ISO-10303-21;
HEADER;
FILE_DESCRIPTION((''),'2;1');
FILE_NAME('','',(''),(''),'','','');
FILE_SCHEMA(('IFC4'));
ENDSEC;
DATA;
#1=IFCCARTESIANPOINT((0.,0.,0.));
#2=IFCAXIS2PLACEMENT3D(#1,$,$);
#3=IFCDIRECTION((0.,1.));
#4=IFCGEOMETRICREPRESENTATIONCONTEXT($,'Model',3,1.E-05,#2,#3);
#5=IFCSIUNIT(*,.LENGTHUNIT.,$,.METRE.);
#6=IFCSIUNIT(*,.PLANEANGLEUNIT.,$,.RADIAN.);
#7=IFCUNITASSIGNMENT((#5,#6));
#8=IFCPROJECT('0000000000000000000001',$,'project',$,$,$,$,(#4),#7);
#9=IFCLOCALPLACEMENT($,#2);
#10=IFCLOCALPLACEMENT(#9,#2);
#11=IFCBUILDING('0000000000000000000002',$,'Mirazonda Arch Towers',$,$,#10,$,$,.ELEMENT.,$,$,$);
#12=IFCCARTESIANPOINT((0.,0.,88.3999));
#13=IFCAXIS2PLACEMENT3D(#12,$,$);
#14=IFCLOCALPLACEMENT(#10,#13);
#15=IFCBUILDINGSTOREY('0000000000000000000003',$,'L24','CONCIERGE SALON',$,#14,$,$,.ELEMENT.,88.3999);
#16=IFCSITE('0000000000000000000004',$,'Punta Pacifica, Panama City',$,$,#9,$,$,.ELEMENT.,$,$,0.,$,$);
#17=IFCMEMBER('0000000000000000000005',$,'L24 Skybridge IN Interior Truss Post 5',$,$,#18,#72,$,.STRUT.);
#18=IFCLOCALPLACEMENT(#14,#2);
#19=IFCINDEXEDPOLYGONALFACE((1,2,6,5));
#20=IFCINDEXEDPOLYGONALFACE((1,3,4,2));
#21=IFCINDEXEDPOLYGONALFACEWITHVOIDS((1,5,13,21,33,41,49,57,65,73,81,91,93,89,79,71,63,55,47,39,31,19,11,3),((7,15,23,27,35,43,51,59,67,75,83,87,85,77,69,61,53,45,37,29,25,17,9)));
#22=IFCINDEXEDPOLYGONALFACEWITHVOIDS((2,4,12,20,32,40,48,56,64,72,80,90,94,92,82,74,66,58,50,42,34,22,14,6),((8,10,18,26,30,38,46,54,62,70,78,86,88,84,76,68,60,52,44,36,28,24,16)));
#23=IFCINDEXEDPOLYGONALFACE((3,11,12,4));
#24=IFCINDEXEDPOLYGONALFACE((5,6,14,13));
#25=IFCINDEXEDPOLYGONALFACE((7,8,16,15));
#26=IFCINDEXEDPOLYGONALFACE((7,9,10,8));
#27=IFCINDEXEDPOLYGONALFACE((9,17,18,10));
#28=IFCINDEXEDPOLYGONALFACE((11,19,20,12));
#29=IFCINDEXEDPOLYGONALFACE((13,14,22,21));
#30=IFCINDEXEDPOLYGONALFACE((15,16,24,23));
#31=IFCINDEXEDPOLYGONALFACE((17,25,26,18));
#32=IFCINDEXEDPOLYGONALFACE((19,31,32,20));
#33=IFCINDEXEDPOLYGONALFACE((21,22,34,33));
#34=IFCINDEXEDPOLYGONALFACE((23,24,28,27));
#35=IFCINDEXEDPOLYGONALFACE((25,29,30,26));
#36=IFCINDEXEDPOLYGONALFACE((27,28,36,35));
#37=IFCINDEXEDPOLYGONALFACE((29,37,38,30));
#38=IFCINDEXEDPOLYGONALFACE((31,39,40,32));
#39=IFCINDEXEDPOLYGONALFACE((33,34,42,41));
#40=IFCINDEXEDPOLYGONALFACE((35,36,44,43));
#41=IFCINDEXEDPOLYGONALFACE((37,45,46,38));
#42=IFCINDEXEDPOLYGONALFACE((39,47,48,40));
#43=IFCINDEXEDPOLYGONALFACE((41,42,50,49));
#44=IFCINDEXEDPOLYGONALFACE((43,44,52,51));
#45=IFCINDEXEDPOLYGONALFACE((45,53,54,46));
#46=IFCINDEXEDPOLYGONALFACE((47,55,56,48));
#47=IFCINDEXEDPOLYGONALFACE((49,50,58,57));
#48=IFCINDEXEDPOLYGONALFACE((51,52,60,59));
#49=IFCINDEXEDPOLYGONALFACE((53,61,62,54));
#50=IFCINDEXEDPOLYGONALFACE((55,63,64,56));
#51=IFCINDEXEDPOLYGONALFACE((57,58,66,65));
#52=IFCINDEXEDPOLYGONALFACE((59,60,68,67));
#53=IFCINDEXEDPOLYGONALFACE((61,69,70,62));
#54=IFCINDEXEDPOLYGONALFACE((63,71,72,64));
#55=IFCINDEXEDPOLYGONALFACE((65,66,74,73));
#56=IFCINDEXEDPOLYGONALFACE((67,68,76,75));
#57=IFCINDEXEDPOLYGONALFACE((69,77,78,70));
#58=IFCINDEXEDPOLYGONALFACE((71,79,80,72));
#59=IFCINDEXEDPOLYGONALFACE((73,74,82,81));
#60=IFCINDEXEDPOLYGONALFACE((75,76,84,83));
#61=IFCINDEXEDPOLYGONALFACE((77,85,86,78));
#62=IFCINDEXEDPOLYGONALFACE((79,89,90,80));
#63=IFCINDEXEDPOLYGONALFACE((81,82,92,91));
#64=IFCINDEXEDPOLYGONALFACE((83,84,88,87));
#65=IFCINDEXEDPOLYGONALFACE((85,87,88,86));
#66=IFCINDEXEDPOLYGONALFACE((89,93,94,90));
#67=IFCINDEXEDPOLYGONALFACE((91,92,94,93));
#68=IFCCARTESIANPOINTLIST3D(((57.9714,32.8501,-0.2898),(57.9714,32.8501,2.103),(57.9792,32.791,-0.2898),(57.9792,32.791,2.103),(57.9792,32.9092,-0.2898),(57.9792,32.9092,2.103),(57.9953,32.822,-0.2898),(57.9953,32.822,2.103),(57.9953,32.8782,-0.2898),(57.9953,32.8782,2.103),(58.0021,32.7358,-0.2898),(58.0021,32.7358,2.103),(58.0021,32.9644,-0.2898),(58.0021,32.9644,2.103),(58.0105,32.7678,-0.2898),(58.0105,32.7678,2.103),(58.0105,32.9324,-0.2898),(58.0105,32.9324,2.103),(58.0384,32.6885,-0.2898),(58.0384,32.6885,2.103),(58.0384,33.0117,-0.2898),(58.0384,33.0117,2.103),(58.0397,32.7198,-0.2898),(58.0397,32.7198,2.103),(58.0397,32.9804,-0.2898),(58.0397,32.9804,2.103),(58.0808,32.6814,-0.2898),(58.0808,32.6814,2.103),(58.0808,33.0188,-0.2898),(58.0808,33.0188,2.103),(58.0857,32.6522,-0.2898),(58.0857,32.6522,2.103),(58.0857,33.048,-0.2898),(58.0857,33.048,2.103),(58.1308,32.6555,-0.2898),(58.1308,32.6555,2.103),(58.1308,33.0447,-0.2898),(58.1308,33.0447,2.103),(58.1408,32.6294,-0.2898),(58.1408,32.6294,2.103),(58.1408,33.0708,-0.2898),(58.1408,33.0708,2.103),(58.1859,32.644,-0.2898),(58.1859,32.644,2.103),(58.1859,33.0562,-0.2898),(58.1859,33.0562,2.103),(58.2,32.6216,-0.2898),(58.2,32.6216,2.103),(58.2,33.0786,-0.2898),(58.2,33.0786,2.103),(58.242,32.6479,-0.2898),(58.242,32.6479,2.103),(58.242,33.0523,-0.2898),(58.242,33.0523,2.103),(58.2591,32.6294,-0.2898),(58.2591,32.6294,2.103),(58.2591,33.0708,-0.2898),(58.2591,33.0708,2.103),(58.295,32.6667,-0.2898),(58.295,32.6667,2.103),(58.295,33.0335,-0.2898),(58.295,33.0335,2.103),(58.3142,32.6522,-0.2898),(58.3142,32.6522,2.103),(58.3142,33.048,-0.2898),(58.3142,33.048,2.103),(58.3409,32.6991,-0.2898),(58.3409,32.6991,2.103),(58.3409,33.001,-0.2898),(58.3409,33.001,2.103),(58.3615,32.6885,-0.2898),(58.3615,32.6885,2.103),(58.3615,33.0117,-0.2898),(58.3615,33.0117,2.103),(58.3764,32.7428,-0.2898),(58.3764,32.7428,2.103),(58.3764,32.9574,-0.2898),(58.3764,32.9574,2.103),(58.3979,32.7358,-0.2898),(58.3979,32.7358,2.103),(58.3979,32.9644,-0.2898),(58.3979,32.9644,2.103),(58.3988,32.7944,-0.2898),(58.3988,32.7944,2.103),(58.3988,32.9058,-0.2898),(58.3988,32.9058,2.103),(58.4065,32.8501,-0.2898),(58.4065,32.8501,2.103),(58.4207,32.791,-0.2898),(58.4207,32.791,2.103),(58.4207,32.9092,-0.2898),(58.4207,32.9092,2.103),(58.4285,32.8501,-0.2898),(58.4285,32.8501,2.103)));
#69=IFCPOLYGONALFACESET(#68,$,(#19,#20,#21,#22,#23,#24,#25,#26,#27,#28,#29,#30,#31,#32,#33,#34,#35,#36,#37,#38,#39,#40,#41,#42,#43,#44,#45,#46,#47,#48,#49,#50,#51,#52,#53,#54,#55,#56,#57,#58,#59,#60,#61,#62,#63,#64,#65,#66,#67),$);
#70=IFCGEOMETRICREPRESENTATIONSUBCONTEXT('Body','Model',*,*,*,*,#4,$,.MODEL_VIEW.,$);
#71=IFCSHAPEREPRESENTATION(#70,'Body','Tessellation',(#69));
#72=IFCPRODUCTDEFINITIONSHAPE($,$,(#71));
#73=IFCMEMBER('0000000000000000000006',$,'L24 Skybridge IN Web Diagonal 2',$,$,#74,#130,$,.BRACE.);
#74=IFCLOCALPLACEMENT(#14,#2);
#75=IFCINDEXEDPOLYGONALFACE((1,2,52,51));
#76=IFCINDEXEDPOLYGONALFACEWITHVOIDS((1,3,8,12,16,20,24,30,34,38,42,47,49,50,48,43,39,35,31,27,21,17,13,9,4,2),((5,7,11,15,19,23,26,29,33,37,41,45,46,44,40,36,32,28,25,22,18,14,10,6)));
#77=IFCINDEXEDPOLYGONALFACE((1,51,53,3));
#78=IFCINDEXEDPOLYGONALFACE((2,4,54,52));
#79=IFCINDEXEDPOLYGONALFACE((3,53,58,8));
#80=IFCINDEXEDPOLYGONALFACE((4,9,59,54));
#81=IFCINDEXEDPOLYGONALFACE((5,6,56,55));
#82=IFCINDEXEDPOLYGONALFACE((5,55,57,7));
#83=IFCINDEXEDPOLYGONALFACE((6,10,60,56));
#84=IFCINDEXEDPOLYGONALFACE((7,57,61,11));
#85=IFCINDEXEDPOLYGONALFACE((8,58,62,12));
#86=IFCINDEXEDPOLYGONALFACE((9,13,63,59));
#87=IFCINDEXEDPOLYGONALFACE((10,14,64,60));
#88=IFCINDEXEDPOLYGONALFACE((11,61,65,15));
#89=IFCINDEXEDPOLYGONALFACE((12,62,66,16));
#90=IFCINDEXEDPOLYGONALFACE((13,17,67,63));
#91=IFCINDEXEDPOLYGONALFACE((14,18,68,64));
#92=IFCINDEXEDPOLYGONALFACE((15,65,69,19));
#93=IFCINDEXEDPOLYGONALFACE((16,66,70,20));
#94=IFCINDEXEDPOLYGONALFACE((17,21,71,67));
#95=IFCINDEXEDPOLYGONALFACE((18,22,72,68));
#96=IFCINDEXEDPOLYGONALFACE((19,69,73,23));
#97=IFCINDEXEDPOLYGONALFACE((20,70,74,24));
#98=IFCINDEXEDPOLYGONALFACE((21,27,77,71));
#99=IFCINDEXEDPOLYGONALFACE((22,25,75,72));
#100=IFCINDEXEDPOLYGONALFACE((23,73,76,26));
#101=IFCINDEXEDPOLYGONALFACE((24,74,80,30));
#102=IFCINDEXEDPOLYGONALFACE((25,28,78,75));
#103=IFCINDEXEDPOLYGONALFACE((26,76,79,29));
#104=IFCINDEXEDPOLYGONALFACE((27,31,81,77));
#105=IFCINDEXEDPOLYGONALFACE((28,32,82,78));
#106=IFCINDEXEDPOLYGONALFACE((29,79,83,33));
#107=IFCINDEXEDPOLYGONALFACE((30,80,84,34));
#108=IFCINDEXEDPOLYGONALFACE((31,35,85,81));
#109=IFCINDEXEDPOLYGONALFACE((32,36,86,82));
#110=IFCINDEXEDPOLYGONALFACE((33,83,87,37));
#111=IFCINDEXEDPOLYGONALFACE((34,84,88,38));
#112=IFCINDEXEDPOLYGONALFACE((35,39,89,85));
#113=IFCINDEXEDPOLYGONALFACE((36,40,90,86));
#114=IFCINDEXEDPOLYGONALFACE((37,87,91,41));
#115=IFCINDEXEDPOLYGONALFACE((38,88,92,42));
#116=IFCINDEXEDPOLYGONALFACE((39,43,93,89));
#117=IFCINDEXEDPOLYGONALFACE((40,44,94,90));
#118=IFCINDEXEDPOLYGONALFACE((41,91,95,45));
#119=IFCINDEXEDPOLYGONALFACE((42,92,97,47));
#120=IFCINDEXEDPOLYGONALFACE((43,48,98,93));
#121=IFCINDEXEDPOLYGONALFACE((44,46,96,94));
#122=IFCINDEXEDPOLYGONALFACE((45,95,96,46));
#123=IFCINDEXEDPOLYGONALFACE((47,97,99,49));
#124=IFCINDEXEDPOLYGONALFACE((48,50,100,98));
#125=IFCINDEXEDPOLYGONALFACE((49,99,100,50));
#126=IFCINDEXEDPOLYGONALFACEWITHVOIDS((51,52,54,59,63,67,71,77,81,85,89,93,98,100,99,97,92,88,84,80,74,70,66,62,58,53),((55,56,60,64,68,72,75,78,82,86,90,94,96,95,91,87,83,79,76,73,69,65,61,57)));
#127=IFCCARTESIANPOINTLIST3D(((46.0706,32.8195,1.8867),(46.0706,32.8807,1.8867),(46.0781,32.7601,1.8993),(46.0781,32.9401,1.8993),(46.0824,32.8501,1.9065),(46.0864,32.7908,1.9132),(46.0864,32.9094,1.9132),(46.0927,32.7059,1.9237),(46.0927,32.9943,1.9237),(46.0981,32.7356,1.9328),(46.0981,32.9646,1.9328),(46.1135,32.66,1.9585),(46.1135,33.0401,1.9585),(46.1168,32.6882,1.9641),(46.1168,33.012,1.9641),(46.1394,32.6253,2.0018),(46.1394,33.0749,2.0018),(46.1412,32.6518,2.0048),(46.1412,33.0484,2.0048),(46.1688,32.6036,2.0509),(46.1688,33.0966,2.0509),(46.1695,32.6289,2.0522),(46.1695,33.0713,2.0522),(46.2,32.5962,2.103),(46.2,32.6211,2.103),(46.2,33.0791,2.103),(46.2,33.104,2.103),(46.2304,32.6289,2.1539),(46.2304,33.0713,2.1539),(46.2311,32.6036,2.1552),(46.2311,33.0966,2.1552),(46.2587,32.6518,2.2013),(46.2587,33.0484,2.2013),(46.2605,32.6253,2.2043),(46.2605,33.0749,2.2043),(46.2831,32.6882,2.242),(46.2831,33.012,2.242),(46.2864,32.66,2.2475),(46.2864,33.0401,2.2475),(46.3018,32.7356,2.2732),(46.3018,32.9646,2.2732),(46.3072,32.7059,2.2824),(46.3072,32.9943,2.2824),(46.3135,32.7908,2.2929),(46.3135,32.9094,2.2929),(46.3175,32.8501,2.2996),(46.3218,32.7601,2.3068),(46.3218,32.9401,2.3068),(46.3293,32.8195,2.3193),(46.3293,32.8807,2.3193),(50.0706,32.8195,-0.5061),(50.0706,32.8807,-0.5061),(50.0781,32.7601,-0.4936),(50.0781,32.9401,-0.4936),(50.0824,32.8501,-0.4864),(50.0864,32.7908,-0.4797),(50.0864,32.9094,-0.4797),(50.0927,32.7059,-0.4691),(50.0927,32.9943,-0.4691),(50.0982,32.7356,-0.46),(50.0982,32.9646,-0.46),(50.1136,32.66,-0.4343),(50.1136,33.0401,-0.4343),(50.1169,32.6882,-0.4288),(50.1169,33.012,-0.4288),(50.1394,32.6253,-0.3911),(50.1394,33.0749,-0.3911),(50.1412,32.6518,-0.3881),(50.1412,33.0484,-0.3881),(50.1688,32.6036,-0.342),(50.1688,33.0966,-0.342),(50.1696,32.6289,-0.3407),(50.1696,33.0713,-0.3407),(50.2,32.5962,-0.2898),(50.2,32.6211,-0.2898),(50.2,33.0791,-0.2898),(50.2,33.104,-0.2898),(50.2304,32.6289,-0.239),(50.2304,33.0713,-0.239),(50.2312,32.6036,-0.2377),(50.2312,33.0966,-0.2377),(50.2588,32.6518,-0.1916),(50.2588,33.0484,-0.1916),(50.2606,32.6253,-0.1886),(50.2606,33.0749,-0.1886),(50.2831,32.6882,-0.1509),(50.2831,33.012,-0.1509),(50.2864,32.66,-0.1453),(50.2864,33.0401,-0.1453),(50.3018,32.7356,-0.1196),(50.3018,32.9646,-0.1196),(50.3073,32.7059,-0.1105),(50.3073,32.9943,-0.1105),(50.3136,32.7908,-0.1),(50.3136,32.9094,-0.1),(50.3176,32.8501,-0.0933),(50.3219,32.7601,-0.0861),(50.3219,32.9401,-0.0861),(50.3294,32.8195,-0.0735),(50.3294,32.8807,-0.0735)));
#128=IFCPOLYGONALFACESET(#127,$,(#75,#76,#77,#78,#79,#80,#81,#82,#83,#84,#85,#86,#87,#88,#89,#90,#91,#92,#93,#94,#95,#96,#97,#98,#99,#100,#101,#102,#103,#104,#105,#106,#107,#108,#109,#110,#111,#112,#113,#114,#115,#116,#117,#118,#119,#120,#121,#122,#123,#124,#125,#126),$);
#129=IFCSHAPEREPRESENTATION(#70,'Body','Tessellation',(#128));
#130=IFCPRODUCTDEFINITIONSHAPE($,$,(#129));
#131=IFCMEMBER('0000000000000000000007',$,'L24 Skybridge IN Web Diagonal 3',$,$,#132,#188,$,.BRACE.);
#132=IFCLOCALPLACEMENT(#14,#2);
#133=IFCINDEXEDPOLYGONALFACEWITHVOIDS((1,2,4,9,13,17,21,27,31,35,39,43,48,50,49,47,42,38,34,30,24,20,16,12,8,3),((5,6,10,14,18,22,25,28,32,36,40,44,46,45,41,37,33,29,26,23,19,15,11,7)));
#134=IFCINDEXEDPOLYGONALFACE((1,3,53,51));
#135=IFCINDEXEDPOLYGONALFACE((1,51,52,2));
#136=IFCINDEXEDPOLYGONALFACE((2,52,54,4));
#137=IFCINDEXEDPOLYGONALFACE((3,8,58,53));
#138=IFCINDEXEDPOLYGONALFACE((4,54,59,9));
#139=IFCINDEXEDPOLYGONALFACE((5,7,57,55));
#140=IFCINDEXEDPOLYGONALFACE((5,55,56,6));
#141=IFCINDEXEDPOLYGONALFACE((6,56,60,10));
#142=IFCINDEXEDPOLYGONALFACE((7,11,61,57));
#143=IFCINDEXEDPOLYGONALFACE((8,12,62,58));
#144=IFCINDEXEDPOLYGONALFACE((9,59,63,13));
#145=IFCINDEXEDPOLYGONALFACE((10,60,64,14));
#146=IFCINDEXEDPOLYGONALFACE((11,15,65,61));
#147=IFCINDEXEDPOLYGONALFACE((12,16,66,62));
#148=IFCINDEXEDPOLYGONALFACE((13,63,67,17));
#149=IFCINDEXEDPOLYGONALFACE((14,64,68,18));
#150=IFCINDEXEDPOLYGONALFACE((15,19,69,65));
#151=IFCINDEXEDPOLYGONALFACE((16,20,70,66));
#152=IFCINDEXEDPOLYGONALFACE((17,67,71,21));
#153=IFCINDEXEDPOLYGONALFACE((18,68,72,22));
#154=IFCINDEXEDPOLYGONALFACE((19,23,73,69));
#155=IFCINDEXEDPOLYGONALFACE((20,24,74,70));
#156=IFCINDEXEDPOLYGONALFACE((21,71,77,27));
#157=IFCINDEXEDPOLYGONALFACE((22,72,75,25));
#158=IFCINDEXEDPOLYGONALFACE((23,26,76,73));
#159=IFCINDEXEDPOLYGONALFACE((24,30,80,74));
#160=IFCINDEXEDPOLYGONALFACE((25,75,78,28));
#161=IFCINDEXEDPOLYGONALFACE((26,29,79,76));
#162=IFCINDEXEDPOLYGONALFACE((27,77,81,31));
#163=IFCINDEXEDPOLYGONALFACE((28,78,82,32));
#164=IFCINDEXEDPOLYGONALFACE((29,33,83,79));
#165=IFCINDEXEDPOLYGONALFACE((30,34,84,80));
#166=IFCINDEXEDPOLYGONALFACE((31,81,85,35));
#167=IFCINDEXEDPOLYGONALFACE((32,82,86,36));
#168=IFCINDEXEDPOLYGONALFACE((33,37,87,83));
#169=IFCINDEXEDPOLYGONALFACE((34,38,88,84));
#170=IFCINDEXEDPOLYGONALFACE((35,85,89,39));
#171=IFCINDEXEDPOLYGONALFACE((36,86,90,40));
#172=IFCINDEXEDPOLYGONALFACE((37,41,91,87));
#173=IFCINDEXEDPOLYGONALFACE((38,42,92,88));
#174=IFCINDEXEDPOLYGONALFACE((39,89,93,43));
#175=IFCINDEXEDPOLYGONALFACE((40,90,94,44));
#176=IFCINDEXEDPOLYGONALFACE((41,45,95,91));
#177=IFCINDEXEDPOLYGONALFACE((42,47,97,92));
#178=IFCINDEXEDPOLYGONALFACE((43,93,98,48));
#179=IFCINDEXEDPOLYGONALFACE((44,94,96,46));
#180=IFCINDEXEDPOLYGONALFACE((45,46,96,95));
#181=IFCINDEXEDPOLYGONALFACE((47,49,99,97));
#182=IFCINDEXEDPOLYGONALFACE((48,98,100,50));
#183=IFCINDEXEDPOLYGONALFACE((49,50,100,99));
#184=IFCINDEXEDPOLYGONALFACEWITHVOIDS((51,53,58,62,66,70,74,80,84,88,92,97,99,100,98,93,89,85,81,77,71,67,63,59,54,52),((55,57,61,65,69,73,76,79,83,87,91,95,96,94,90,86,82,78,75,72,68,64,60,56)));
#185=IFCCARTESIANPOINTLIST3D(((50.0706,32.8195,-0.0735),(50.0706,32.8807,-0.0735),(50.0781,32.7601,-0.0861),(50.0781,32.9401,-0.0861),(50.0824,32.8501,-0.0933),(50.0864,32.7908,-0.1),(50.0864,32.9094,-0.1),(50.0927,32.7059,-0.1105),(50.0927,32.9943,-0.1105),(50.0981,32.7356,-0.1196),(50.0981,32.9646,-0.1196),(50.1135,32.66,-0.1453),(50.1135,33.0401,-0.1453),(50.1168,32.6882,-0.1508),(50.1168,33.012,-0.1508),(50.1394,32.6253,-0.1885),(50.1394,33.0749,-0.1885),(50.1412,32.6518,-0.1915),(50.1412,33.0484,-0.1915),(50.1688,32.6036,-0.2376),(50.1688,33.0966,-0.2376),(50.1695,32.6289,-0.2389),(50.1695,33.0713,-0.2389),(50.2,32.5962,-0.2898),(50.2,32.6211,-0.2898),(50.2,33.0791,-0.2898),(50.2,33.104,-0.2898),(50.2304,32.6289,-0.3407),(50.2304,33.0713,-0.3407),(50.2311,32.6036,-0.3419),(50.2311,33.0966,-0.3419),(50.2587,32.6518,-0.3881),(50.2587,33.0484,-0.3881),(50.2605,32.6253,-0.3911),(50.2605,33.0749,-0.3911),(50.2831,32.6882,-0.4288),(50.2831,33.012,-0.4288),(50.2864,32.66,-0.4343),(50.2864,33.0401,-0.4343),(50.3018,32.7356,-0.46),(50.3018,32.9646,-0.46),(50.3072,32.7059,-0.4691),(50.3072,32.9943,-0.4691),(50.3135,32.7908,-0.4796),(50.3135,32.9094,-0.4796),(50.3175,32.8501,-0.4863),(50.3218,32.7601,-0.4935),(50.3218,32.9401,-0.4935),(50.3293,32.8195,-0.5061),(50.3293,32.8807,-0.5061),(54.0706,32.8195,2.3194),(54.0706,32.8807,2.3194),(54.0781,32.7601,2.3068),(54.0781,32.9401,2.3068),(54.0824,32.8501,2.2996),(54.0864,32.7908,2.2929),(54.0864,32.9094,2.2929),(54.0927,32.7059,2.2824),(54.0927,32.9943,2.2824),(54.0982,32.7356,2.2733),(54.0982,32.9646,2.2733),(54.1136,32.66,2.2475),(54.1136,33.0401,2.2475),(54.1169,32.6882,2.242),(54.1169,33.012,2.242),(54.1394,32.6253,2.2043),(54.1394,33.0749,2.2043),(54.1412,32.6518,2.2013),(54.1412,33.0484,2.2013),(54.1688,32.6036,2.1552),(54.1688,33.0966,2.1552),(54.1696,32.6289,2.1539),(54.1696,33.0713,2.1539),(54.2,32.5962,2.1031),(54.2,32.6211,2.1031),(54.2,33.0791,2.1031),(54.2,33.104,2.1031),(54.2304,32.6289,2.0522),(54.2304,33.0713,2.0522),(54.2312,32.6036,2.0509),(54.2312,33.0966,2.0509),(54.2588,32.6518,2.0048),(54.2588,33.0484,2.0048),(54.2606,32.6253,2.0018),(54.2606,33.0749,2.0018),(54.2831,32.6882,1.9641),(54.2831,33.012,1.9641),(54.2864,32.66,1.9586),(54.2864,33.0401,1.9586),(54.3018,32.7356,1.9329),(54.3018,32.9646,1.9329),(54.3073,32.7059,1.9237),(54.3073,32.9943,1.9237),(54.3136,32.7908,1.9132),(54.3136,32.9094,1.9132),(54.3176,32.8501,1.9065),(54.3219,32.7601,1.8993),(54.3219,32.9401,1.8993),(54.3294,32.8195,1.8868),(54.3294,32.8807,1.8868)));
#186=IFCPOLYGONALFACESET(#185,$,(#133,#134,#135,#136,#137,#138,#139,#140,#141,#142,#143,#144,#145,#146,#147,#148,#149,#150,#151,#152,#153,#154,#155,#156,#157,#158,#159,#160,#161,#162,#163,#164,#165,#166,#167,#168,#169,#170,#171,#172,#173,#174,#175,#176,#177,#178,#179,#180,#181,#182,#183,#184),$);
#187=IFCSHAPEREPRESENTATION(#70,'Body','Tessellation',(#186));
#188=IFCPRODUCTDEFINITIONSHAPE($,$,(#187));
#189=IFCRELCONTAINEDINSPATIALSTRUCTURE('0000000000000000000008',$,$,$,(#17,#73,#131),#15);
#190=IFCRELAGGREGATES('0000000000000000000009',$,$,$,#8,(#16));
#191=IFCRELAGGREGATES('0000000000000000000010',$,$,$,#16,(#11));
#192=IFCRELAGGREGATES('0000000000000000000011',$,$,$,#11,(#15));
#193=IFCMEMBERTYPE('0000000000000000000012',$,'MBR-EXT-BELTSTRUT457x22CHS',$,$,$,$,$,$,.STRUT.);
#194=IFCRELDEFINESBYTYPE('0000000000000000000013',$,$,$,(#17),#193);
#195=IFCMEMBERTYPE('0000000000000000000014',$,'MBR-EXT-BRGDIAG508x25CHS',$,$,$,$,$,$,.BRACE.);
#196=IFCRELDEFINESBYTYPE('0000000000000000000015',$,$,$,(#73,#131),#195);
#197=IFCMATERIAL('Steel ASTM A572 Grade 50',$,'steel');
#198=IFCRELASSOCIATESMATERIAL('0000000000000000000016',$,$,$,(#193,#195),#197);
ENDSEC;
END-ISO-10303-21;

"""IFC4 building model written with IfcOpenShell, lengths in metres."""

from ifc_helpers import new_model, si_unit, direction, frame, origin, origin_2d, place, context, subcontext, project, spatial, hollow_circle, extrude, material, material_profile, profile_set, type_object, element, save


model = new_model("IFC4")

# Units and contexts
model_context = context("Model", 3, precision=1e-05, world=origin(), true_north=direction((0.0, 1.0)))
body_context = subcontext(model_context, "Body", "Model", "MODEL_VIEW")
ifc_project = project(units=[si_unit("LENGTHUNIT", "METRE"), si_unit("PLANEANGLEUNIT", "RADIAN")], contexts=[model_context])

# Site, building, storey
site_placement = place(None, origin())
site = spatial("IfcSite", under=ifc_project, at=site_placement, Name="Punta Pacifica, Panama City", CompositionType="ELEMENT", RefElevation=0.0)
building_placement = place(site_placement, origin())
building = spatial("IfcBuilding", under=site, at=building_placement, Name="Mirazonda Arch Towers", CompositionType="ELEMENT")
storey_placement = place(building_placement, frame((0.0, 0.0, 88.3999)))
storey = spatial("IfcBuildingStorey", under=building, at=storey_placement, Name="L24", Description="CONCIERGE SALON", CompositionType="ELEMENT", Elevation=88.3999)

# Members
ifc_material_1 = material(Name="Steel ASTM A572 Grade 50", Category="steel")
ifc_material_profile_1 = material_profile(ifc_material_1, hollow_circle(Radius=0.2285, WallThickness=0.022, at=origin_2d()), Name="BELTSTRUT457x22CHS")
ifc_profile_set_1 = profile_set([ifc_material_profile_1], Name="Steel ASTM A572 Grade 50")
member_type_1 = type_object("IfcMemberType", Name="MBR-EXT-BELTSTRUT457x22CHS", PredefinedType="STRUT", material=ifc_profile_set_1)
for number, where, z_axis, x_axis, name in (
    (1, (58.2, 32.8501, -0.2898), (0.0, 0.0, 1.0), (1.0, 0.0, 0.0), "L24 Skybridge IN Interior Truss Post 5"),
):
    element("IfcMember", number, at=place(storey_placement, frame(where, z_axis=z_axis, x_axis=x_axis)), inside=storey, type_object=member_type_1, Name=name, PredefinedType="STRUT", context=body_context, shape_type="SweptSolid", body=[
        extrude(hollow_circle(Radius=0.2285, WallThickness=0.022, at=origin_2d()), origin(), (0.0, 0.0, 1.0), 2.3928),
    ])
ifc_material_profile_2 = material_profile(ifc_material_1, hollow_circle(Radius=0.2539, WallThickness=0.0249, at=origin_2d()), Name="BRGDIAG508x25CHS")
ifc_profile_set_2 = profile_set([ifc_material_profile_2], Name="Steel ASTM A572 Grade 50")
member_type_2 = type_object("IfcMemberType", Name="MBR-EXT-BRGDIAG508x25CHS", PredefinedType="BRACE", material=ifc_profile_set_2)
for number, where, z_axis, x_axis, name in (
    (2, (46.2, 32.8501, 2.103), (0.858172, 0.0, -0.513363), (0.0, 1.0, 0.0), "L24 Skybridge IN Web Diagonal 2"),
    (3, (50.2, 32.8501, -0.2898), (0.858172, 0.0, 0.513363), (0.0, 1.0, 0.0), "L24 Skybridge IN Web Diagonal 3"),
):
    element("IfcMember", number, at=place(storey_placement, frame(where, z_axis=z_axis, x_axis=x_axis)), inside=storey, type_object=member_type_2, Name=name, PredefinedType="BRACE", context=body_context, shape_type="SweptSolid", body=[
        extrude(hollow_circle(Radius=0.2539, WallThickness=0.0249, at=origin_2d()), origin(), (0.0, 0.0, 1.0), 4.6611),
    ])

save(model, "model.ifc")
